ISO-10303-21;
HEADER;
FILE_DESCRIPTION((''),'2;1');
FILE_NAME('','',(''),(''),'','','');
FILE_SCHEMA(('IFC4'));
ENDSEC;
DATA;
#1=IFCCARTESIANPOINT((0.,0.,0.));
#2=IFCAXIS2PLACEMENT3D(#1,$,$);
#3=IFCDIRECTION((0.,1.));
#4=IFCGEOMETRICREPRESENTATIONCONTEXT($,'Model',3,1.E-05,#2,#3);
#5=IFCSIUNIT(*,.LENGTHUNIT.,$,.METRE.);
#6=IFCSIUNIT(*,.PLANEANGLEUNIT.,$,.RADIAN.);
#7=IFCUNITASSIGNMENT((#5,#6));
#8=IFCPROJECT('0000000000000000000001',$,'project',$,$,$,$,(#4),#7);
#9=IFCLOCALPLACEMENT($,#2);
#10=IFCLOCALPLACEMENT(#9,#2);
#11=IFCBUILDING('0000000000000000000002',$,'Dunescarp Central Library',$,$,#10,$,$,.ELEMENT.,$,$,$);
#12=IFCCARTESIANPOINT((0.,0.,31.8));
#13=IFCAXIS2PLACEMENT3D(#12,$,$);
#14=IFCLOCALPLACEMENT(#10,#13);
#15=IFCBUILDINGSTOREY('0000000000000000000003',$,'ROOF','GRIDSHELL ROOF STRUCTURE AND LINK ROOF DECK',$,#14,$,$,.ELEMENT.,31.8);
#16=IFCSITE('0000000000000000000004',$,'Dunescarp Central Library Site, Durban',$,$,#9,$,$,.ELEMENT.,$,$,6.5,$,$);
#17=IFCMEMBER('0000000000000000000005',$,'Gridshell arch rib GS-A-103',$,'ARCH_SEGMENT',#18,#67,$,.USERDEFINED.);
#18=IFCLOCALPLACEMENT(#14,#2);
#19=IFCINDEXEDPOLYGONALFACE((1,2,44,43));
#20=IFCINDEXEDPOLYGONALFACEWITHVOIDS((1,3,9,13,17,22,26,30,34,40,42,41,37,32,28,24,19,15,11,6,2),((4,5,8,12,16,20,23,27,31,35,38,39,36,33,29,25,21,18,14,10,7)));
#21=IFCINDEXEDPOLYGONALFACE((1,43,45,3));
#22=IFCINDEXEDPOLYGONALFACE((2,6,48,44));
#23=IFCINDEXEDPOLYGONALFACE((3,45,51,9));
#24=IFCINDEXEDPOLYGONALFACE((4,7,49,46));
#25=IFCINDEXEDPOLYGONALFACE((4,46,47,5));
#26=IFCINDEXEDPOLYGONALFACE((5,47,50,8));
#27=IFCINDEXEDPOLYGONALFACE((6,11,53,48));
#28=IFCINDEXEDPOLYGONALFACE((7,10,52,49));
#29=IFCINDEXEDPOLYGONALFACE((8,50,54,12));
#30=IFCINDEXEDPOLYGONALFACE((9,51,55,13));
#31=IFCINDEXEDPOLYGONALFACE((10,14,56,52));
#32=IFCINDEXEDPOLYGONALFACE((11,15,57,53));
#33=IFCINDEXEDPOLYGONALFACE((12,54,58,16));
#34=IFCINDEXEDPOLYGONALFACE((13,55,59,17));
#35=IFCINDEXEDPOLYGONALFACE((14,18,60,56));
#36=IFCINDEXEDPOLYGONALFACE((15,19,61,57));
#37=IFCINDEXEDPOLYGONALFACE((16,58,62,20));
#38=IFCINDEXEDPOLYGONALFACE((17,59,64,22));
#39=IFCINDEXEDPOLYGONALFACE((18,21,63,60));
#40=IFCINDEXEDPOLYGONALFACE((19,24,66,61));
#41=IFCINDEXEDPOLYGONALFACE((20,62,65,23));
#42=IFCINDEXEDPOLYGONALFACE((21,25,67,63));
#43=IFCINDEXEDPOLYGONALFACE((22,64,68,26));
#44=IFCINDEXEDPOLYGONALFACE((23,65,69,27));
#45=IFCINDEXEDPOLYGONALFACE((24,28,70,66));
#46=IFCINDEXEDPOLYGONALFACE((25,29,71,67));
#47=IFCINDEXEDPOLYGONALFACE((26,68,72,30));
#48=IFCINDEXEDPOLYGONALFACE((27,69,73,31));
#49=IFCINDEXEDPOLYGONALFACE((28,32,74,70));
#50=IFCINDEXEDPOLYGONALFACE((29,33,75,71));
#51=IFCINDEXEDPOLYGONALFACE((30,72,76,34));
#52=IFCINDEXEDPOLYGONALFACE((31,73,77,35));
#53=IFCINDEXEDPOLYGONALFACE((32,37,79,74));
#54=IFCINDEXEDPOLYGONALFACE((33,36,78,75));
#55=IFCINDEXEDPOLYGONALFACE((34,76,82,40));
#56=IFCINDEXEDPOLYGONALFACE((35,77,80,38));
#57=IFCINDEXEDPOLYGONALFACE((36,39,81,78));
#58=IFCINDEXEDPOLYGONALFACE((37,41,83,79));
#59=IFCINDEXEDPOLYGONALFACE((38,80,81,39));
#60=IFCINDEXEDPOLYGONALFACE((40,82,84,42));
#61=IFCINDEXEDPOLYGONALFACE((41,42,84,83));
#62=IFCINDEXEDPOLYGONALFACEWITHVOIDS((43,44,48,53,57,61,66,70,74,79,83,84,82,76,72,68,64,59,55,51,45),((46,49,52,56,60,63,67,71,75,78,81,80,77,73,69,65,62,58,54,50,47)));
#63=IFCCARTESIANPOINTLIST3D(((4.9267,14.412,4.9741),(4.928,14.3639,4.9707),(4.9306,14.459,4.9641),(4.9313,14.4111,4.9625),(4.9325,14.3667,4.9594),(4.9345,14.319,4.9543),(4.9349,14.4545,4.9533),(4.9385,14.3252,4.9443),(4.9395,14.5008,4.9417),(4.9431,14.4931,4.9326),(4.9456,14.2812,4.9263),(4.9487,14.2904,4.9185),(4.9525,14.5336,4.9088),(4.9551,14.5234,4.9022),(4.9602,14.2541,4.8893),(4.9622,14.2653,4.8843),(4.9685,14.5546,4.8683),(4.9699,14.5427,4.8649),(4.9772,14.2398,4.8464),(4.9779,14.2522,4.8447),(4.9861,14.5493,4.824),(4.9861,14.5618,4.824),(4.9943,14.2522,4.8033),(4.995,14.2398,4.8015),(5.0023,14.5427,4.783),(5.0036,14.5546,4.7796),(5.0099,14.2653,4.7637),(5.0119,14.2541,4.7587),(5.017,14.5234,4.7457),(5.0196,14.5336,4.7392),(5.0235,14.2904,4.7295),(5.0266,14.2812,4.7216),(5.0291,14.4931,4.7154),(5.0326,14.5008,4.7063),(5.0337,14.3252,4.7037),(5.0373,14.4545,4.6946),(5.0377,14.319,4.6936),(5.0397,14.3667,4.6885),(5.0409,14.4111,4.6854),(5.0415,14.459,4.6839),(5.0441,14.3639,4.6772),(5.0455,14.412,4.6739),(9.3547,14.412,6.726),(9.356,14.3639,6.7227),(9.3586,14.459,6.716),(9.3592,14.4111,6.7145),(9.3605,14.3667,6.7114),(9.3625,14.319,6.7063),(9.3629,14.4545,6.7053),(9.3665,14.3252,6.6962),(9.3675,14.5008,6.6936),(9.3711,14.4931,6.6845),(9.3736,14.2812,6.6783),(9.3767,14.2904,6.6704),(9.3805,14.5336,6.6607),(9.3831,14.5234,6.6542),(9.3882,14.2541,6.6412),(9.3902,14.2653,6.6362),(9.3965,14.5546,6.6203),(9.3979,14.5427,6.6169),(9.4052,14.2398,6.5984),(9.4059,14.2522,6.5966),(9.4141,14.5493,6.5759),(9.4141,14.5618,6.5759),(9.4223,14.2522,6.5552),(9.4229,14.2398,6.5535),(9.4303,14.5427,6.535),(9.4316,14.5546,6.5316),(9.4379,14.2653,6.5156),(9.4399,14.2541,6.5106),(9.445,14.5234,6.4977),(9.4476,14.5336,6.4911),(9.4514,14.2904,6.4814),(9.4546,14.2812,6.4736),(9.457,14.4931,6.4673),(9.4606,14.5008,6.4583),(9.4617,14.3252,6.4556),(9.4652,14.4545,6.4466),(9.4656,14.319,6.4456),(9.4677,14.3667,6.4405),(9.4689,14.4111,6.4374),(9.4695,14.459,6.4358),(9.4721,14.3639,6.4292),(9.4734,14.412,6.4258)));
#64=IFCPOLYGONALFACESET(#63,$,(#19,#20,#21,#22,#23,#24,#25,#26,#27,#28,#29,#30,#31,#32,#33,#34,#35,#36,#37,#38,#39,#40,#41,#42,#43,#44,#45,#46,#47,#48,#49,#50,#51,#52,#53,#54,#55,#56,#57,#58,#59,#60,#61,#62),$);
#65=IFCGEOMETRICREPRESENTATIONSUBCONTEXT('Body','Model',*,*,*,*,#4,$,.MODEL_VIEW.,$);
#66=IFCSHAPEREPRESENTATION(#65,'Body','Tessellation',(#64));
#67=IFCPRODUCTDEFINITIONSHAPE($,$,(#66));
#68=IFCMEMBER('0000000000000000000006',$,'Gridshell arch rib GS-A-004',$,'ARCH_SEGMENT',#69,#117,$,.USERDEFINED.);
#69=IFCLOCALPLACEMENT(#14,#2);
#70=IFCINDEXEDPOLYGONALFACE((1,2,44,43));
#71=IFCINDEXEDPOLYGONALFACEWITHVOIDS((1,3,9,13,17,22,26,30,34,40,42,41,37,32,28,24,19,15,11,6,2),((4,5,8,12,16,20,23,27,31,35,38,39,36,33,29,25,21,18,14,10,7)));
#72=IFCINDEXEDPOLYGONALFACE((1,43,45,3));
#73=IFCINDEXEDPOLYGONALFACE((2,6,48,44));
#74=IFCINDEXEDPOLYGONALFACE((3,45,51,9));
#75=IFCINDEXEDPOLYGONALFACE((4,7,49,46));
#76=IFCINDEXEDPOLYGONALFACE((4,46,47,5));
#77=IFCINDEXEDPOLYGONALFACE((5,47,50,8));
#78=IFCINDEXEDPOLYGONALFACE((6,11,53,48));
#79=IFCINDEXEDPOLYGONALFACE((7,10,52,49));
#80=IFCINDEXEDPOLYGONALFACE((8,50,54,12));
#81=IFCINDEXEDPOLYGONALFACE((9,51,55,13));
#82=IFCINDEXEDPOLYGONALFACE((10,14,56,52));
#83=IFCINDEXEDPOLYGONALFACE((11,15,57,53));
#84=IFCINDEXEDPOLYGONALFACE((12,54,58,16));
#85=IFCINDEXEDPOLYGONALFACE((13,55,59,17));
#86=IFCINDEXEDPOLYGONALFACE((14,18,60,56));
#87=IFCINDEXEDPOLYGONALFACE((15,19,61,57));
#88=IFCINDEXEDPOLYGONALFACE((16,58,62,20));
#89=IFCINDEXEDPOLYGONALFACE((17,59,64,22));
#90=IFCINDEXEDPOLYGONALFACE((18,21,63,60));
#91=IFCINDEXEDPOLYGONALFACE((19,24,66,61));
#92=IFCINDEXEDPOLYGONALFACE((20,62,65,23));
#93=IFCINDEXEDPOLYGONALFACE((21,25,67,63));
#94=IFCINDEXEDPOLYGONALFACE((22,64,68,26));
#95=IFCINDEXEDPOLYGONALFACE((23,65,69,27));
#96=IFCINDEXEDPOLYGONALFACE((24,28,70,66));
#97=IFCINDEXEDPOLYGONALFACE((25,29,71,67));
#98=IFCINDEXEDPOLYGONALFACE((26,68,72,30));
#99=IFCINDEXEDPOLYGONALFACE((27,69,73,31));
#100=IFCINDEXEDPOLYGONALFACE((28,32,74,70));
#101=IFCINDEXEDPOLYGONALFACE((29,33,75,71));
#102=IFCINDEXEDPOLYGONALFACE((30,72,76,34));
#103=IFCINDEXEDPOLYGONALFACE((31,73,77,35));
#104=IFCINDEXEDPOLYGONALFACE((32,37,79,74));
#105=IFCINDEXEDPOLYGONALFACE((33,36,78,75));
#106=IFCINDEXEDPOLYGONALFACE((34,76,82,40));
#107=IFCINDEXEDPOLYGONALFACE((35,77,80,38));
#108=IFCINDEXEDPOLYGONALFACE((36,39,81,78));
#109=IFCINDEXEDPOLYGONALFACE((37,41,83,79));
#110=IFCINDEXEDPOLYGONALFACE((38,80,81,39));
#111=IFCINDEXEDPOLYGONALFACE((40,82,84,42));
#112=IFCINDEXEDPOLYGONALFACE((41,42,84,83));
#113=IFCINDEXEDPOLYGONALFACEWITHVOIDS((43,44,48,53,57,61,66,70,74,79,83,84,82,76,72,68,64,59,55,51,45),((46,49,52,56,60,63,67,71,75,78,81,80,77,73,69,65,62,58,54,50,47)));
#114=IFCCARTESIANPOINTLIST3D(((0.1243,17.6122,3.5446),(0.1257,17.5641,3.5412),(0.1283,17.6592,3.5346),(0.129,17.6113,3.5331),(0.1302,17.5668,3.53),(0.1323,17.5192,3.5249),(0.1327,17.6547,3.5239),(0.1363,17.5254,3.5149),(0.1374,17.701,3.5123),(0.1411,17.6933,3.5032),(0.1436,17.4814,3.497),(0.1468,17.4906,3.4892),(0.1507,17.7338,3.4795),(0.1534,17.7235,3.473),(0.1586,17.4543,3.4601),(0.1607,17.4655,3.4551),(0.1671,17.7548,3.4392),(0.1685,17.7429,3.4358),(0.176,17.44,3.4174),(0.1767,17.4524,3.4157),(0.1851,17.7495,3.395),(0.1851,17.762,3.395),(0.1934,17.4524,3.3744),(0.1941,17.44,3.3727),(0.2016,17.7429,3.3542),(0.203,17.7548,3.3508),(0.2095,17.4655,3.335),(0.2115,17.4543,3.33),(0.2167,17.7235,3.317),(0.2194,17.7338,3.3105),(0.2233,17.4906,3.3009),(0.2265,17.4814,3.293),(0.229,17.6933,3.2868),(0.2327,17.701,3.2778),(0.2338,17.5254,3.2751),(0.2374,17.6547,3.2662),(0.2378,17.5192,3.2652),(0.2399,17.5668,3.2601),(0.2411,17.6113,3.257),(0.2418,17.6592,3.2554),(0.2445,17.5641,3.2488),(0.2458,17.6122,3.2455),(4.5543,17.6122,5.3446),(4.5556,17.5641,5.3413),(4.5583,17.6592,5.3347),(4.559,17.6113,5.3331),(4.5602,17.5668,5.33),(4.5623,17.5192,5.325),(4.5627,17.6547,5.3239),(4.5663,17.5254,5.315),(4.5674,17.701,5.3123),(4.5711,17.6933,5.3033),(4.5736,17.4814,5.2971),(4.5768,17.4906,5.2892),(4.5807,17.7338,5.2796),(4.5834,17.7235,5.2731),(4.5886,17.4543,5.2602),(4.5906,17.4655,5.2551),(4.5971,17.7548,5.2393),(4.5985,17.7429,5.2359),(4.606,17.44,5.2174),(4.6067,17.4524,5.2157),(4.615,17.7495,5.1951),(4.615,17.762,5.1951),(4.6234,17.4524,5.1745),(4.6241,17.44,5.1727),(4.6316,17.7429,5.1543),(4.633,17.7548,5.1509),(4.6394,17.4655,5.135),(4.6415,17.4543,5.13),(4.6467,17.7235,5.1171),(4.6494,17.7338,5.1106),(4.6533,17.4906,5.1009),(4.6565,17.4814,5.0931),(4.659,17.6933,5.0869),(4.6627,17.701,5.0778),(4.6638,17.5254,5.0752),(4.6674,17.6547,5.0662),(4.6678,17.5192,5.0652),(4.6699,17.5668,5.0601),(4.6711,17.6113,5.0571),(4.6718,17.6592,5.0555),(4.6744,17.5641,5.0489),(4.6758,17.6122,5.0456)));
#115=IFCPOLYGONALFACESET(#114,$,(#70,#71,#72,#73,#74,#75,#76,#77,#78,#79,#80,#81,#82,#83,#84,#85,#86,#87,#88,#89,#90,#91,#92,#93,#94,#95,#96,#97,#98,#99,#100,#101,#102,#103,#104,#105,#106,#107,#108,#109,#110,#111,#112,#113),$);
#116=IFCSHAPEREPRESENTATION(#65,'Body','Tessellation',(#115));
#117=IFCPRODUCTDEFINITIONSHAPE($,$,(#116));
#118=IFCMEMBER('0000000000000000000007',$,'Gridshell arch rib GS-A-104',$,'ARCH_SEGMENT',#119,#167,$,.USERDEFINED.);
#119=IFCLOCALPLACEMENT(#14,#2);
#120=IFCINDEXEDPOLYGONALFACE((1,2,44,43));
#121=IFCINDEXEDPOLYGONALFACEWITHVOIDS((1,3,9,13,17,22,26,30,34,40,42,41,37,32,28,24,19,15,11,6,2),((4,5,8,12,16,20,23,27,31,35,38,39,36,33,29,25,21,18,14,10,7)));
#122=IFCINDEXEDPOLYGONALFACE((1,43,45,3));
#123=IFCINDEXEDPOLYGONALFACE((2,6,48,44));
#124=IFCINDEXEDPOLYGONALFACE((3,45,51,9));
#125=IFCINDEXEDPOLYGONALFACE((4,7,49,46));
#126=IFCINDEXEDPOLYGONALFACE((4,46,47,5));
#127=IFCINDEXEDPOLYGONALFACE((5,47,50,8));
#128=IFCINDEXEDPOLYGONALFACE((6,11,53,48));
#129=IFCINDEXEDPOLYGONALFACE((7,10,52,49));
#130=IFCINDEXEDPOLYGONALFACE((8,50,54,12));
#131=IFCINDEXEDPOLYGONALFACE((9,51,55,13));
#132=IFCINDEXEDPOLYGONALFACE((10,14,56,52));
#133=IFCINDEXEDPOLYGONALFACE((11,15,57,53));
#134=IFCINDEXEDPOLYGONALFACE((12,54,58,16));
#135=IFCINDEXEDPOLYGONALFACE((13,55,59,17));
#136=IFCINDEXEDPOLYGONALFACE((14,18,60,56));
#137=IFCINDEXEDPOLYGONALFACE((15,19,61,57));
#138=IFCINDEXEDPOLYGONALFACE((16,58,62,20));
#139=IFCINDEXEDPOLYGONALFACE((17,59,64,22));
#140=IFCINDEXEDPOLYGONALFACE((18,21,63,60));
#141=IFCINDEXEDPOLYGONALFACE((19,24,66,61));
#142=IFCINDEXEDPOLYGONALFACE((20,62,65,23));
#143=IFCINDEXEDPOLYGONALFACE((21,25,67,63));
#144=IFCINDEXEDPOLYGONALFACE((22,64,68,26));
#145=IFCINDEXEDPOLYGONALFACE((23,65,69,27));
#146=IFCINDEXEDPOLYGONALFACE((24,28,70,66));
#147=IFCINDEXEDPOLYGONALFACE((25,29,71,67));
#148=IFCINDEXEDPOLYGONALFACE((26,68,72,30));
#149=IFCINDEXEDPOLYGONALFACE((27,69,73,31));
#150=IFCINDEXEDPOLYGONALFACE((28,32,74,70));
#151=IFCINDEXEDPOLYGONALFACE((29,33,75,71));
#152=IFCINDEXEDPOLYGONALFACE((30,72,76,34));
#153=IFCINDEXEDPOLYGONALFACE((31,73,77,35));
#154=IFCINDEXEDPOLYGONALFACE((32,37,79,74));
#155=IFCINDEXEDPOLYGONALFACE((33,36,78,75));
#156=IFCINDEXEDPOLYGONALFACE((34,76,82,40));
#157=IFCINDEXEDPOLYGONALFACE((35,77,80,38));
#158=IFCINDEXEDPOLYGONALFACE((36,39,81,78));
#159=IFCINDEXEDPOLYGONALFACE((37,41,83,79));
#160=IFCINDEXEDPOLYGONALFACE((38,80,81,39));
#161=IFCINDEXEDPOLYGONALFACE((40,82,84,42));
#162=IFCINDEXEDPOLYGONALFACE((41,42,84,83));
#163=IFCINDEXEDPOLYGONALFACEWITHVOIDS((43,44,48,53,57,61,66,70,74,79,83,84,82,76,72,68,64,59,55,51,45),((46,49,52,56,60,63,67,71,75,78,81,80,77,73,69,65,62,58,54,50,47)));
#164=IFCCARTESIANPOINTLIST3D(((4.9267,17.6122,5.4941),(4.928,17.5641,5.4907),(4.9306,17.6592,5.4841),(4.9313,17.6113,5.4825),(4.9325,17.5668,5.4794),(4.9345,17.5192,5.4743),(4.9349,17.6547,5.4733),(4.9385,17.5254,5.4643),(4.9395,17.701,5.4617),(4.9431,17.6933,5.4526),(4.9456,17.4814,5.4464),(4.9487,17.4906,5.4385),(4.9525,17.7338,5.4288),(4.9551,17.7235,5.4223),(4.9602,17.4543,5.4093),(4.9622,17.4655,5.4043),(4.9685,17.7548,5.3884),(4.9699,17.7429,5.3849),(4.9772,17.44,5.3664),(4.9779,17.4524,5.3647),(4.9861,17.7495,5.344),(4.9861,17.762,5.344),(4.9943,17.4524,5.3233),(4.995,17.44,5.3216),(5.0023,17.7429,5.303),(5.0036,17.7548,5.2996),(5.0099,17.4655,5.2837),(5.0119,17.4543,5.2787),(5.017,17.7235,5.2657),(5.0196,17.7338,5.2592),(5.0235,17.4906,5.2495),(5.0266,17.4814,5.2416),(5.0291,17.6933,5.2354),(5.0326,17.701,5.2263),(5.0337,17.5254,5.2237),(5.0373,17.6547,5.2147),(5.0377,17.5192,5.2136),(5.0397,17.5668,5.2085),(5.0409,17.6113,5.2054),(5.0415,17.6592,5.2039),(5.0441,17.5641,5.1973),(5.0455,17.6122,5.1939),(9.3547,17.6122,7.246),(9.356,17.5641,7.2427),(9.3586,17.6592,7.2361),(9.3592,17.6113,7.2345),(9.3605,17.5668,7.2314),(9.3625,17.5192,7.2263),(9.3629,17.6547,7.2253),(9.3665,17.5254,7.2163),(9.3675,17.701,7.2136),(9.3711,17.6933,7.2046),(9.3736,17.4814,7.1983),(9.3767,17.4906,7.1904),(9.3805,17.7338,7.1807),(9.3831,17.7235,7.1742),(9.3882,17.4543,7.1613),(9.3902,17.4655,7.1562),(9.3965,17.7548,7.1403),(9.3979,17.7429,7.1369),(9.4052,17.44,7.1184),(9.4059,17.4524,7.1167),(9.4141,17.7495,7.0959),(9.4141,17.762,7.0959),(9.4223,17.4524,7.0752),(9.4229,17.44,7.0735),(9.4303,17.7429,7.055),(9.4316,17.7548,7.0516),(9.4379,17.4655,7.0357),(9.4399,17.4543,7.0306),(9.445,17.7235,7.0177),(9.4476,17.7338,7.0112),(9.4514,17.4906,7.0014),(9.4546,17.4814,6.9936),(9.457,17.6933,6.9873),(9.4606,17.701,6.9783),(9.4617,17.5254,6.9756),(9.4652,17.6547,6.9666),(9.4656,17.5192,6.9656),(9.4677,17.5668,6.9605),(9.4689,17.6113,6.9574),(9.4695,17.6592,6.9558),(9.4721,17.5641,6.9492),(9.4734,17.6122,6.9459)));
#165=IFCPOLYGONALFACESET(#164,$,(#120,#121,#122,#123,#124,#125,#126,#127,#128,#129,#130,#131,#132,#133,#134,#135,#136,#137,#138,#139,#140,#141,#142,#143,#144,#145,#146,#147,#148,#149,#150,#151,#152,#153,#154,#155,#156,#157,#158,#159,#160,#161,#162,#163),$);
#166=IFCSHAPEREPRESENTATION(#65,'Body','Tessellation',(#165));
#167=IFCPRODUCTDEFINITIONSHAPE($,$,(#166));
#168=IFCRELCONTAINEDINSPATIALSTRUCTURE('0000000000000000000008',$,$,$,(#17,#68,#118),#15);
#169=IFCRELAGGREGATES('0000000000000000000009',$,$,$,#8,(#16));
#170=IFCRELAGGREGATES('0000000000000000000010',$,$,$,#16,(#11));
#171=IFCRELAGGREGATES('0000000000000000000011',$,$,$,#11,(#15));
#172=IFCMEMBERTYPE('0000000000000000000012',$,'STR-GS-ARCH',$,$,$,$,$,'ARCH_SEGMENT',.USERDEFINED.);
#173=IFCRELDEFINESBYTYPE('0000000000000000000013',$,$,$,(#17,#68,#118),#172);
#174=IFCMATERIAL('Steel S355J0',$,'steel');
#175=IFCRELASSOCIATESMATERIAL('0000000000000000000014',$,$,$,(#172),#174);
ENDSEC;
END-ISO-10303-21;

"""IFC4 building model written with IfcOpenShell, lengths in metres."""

from ifc_helpers import new_model, si_unit, direction, frame, origin, origin_2d, place, context, subcontext, project, spatial, hollow_circle, extrude, material, material_profile, profile_set, type_object, element, save


model = new_model("IFC4")

# Units and contexts
model_context = context("Model", 3, precision=1e-05, world=origin(), true_north=direction((0.0, 1.0)))
body_context = subcontext(model_context, "Body", "Model", "MODEL_VIEW")
ifc_project = project(units=[si_unit("LENGTHUNIT", "METRE"), si_unit("PLANEANGLEUNIT", "RADIAN")], contexts=[model_context])

# Site, building, storey
site_placement = place(None, origin())
site = spatial("IfcSite", under=ifc_project, at=site_placement, Name="Dunescarp Central Library Site, Durban", CompositionType="ELEMENT", RefElevation=6.5)
building_placement = place(site_placement, origin())
building = spatial("IfcBuilding", under=site, at=building_placement, Name="Dunescarp Central Library", CompositionType="ELEMENT")
storey_placement = place(building_placement, frame((0.0, 0.0, 31.8)))
storey = spatial("IfcBuildingStorey", under=building, at=storey_placement, Name="ROOF", Description="GRIDSHELL ROOF STRUCTURE AND LINK ROOF DECK", CompositionType="ELEMENT", Elevation=31.8)

# Members
ifc_material_1 = material(Name="Steel S355J0", Category="steel")
ifc_material_profile_1 = material_profile(ifc_material_1, hollow_circle(Radius=0.1619, WallThickness=0.0125, at=origin_2d()), Name="CHS 323.9x12.5")
ifc_profile_set_1 = profile_set([ifc_material_profile_1], Name="Steel S355J0")
member_type_1 = type_object("IfcMemberType", Name="STR-GS-ARCH", ElementType="ARCH_SEGMENT", PredefinedType="USERDEFINED", material=ifc_profile_set_1)
member_1_placement = place(storey_placement, frame((4.9861, 14.3999, 4.824), z_axis=(0.929863, 0.0, 0.367905), x_axis=(0.0, 1.0, 0.0)))
element("IfcMember", 1, at=member_1_placement, inside=storey, type_object=member_type_1, Name="Gridshell arch rib GS-A-103", ObjectType="ARCH_SEGMENT", PredefinedType="USERDEFINED", context=body_context, shape_type="SweptSolid", body=[
    extrude(hollow_circle(Radius=0.1619, WallThickness=0.0125, at=origin_2d()), origin(), (0.0, 0.0, 1.0), 4.762),
])
member_2_placement = place(storey_placement, frame((0.1851, 17.6001, 3.395), z_axis=(0.926438, 0.0, 0.376447), x_axis=(0.0, 1.0, 0.0)))
element("IfcMember", 2, at=member_2_placement, inside=storey, type_object=member_type_1, Name="Gridshell arch rib GS-A-004", ObjectType="ARCH_SEGMENT", PredefinedType="USERDEFINED", context=body_context, shape_type="SweptSolid", body=[
    extrude(hollow_circle(Radius=0.1619, WallThickness=0.0125, at=origin_2d()), origin(), (0.0, 0.0, 1.0), 4.7817),
])
member_3_placement = place(storey_placement, frame((4.9861, 17.6001, 5.344), z_axis=(0.929863, 0.0, 0.367905), x_axis=(0.0, 1.0, 0.0)))
element("IfcMember", 3, at=member_3_placement, inside=storey, type_object=member_type_1, Name="Gridshell arch rib GS-A-104", ObjectType="ARCH_SEGMENT", PredefinedType="USERDEFINED", context=body_context, shape_type="SweptSolid", body=[
    extrude(hollow_circle(Radius=0.1619, WallThickness=0.0125, at=origin_2d()), origin(), (0.0, 0.0, 1.0), 4.762),
])

save(model, "model.ifc")
